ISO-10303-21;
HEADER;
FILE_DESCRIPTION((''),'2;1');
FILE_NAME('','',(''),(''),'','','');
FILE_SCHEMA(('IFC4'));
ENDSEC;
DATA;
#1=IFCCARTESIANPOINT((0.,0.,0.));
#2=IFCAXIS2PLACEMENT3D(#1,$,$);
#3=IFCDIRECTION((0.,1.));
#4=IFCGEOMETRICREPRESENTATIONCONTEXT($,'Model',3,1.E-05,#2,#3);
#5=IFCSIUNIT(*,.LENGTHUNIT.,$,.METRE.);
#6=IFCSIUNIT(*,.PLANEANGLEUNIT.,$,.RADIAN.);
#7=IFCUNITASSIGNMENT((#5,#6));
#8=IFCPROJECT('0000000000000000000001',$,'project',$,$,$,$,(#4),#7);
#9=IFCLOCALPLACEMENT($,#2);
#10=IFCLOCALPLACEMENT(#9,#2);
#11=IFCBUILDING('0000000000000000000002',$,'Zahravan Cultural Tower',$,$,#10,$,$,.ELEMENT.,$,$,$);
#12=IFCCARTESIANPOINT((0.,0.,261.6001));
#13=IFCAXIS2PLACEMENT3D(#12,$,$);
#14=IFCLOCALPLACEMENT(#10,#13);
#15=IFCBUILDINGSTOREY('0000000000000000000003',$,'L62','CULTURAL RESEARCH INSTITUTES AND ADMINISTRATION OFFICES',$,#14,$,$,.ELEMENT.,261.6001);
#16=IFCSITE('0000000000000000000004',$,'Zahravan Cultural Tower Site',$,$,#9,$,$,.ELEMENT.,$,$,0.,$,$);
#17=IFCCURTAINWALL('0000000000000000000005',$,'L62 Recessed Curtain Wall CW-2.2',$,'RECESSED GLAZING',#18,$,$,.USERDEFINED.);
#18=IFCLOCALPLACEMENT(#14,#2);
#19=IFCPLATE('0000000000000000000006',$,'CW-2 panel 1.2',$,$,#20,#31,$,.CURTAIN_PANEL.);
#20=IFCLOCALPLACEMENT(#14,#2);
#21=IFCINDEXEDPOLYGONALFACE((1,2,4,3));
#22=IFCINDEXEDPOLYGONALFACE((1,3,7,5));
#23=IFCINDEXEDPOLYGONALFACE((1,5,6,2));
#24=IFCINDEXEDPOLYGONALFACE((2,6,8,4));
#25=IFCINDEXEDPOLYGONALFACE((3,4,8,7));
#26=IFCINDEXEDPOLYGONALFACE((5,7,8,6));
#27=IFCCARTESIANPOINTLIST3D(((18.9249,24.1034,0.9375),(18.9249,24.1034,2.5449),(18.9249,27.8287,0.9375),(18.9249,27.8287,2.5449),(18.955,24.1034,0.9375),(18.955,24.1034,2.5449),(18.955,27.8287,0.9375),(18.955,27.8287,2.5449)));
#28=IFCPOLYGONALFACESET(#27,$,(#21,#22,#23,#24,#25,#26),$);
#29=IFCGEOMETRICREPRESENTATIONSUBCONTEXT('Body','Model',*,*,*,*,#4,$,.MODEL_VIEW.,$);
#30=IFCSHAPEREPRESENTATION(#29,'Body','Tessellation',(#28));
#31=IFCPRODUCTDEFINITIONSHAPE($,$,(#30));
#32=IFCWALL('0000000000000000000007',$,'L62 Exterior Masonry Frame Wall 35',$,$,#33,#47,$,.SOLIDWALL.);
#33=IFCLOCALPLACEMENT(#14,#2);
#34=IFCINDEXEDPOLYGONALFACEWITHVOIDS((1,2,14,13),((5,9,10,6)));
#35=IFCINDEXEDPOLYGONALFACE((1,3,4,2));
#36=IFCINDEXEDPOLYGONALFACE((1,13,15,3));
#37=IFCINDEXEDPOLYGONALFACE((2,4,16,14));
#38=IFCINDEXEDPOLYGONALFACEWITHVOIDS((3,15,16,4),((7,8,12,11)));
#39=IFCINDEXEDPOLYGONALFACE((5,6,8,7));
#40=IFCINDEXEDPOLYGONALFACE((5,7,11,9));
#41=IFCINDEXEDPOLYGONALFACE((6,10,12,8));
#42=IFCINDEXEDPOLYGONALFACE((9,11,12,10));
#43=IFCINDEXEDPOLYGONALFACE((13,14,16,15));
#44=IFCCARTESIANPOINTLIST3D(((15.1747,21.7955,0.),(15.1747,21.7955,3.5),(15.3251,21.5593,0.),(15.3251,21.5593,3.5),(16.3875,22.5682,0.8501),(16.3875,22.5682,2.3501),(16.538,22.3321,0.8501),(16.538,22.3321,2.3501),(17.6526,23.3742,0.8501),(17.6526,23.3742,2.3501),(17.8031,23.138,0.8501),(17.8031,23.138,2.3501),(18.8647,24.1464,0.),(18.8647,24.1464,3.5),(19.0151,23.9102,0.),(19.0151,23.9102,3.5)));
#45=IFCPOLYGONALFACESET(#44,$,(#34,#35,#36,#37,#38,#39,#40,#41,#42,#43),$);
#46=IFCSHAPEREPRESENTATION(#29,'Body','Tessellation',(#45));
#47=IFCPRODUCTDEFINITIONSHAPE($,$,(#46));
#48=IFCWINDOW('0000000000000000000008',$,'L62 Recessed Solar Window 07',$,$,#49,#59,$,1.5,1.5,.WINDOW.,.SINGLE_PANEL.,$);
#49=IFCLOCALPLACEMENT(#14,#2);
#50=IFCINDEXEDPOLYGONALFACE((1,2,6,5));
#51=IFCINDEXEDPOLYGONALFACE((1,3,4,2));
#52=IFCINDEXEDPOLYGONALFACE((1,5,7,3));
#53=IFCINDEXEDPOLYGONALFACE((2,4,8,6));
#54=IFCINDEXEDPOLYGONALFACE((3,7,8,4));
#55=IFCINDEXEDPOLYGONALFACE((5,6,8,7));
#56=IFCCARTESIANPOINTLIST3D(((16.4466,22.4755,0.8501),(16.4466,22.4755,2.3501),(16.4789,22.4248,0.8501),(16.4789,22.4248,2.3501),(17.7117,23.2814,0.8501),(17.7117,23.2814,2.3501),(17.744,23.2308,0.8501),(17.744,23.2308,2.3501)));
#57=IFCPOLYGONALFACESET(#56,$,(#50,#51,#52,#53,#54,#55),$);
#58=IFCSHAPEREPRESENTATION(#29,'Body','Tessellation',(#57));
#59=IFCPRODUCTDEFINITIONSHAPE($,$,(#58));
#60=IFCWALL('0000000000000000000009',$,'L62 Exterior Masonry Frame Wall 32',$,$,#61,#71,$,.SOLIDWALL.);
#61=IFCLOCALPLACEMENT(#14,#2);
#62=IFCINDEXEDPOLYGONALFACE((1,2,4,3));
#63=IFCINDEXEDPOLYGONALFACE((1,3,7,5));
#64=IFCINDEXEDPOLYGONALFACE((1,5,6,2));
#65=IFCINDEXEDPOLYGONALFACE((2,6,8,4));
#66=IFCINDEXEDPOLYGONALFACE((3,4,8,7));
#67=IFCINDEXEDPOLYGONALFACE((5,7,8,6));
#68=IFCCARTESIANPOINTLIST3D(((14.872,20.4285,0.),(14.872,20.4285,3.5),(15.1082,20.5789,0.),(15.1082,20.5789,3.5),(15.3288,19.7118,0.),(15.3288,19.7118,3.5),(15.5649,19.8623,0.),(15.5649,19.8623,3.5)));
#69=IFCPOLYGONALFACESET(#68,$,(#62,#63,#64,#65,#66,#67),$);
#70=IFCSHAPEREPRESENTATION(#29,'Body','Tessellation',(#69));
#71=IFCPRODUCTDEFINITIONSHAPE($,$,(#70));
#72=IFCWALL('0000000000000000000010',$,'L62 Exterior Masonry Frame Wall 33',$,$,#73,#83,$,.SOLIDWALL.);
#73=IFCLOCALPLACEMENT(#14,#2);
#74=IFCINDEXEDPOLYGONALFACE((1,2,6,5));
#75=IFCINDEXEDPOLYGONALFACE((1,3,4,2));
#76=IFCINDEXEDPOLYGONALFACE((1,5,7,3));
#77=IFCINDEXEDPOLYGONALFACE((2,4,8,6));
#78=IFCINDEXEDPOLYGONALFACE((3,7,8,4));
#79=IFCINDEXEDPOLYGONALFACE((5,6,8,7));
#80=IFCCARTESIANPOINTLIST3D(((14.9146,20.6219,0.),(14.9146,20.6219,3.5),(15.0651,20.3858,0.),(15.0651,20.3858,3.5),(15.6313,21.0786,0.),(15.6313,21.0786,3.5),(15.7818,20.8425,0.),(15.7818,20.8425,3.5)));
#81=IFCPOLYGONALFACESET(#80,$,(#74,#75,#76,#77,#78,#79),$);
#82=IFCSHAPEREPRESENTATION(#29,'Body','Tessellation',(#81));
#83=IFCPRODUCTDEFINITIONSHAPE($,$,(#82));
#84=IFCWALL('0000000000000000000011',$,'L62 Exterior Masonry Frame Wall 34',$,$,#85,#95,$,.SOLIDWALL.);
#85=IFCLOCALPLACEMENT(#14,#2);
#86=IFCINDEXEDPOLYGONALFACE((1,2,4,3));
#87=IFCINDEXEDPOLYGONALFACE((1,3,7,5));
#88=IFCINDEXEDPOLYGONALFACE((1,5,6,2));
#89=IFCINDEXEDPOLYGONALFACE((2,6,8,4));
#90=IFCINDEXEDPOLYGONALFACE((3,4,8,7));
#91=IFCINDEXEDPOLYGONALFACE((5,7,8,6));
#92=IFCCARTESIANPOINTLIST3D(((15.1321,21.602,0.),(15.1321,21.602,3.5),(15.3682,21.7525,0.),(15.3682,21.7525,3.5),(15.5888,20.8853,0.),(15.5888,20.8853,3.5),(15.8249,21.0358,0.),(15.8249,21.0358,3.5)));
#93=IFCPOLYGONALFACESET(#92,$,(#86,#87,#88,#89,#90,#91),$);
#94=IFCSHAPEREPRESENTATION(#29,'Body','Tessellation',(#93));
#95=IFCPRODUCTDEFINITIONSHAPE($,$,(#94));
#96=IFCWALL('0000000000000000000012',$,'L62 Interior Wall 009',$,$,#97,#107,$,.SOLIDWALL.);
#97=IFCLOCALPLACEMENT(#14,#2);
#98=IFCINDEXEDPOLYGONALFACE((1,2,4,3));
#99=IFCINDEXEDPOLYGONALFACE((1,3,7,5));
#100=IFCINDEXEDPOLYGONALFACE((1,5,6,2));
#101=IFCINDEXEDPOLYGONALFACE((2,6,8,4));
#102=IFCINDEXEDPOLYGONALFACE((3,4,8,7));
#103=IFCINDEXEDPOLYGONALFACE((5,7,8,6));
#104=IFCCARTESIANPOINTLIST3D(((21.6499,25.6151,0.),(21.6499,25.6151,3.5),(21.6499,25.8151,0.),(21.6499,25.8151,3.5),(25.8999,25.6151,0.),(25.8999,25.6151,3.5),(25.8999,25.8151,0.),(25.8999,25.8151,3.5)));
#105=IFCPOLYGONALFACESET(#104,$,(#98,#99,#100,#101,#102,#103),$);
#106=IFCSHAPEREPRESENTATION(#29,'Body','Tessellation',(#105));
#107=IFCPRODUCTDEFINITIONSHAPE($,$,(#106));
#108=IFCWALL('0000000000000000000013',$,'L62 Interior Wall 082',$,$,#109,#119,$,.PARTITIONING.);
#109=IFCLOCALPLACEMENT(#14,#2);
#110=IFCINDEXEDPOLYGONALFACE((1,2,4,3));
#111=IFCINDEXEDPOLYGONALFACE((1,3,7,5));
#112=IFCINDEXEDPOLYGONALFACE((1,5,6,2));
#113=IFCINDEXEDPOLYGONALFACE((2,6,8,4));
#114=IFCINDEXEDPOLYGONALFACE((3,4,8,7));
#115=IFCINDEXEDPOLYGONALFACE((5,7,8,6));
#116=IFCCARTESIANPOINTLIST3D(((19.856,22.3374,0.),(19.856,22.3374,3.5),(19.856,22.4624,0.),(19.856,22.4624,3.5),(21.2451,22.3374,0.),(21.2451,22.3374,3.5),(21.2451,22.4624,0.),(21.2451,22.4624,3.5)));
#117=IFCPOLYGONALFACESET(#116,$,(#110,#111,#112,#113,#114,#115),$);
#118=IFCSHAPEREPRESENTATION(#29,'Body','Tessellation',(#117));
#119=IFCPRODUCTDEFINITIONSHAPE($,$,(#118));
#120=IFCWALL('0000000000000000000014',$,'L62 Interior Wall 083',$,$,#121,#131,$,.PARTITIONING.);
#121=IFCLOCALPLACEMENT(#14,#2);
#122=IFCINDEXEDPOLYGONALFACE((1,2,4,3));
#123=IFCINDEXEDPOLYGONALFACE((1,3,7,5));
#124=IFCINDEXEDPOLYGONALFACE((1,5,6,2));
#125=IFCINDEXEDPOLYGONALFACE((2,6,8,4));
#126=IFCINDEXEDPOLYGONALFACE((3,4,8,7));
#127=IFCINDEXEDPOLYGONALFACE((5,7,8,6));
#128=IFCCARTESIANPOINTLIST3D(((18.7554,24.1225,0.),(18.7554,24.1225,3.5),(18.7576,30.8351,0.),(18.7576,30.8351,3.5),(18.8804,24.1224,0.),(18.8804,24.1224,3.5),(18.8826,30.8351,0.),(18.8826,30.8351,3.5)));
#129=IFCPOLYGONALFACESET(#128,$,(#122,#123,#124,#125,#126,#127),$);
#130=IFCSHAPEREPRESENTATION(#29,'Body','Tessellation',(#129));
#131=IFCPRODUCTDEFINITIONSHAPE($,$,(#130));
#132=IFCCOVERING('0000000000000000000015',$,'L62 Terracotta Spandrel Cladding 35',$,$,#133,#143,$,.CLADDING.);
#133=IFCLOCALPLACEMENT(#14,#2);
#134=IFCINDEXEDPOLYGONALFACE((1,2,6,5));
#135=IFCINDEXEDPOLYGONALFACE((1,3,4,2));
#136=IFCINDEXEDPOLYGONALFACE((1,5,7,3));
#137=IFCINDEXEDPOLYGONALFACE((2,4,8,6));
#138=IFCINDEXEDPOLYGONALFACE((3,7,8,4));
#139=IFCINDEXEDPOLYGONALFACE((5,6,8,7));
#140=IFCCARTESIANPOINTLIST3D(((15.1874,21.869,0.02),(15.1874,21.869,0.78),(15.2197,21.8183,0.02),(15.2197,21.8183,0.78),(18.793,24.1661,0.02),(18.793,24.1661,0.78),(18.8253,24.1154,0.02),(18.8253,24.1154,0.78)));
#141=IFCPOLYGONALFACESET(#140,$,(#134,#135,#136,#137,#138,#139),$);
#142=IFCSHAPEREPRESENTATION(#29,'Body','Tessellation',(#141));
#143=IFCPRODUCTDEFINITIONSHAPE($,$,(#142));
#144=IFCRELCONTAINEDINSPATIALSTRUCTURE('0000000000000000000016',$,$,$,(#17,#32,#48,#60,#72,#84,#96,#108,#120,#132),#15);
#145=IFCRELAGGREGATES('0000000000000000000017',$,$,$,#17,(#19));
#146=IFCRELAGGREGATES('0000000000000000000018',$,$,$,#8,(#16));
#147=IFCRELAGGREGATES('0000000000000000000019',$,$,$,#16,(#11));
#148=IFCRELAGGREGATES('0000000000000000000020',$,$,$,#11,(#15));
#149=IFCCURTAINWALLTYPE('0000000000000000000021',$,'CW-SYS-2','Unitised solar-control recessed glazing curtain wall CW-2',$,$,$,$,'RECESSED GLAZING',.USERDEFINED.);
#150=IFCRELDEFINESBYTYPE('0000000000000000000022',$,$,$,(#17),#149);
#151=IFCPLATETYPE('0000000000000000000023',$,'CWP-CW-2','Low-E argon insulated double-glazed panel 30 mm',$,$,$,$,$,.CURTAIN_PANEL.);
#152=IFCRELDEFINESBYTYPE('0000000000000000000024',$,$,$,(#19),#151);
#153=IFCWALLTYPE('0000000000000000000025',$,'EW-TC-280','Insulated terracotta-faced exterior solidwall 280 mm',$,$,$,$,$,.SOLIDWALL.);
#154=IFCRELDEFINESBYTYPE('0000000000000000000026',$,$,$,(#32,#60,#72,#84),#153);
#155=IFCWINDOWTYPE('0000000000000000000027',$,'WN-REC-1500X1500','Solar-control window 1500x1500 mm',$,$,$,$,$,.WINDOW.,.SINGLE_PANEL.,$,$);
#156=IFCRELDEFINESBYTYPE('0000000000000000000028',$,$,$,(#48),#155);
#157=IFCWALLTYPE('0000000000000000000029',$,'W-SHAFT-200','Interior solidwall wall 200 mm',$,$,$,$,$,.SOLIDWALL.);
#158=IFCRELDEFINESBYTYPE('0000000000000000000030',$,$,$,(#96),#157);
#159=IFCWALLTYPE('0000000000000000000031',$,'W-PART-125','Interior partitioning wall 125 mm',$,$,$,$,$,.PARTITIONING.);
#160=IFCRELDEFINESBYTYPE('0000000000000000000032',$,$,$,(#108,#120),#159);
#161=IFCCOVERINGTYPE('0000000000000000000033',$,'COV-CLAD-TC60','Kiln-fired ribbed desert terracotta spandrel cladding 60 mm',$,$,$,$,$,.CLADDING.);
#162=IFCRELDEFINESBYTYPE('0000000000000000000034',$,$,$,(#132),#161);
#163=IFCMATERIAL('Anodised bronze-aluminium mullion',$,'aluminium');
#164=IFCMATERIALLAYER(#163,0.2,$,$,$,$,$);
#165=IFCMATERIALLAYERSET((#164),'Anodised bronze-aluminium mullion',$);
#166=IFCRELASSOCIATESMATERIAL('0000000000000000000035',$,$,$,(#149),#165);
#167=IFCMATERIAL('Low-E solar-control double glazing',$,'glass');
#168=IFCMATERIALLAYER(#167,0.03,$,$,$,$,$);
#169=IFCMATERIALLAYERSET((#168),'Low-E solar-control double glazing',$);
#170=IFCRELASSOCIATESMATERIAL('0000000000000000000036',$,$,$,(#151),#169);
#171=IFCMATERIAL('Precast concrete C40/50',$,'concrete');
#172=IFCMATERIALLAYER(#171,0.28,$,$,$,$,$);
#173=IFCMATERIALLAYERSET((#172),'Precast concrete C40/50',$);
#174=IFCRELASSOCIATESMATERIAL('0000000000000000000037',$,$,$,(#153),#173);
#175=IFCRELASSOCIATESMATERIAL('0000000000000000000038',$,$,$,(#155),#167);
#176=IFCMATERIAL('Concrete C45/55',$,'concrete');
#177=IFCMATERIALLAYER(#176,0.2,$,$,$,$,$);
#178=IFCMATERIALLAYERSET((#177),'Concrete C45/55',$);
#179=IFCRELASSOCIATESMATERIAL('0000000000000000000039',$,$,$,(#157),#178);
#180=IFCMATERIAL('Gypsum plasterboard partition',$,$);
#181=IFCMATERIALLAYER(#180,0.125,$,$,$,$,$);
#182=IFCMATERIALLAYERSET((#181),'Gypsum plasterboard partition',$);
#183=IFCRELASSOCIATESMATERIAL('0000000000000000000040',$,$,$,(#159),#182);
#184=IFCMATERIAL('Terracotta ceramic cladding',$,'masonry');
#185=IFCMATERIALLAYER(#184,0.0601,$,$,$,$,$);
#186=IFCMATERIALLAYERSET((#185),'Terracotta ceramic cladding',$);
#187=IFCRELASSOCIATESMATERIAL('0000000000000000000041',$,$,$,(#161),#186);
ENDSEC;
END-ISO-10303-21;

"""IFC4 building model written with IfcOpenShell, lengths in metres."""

from ifc_helpers import new_model, si_unit, direction, frame, frame_2d, origin, origin_2d, place, context, subcontext, project, spatial, rectangle, extrude, source, transform, mapped, material, layer, layer_set, type_object, element, fill, aggregate, save


model = new_model("IFC4")

# Units and contexts
model_context = context("Model", 3, precision=1e-05, world=origin(), true_north=direction((0.0, 1.0)))
body_context = subcontext(model_context, "Body", "Model", "MODEL_VIEW")
ifc_project = project(units=[si_unit("LENGTHUNIT", "METRE"), si_unit("PLANEANGLEUNIT", "RADIAN")], contexts=[model_context])

# Site, building, storey
site_placement = place(None, origin())
site = spatial("IfcSite", under=ifc_project, at=site_placement, Name="Zahravan Cultural Tower Site", CompositionType="ELEMENT", RefElevation=0.0)
building_placement = place(site_placement, origin())
building = spatial("IfcBuilding", under=site, at=building_placement, Name="Zahravan Cultural Tower", CompositionType="ELEMENT")
storey_placement = place(building_placement, frame((0.0, 0.0, 261.6001)))
storey = spatial("IfcBuildingStorey", under=building, at=storey_placement, Name="L62", Description="CULTURAL RESEARCH INSTITUTES AND ADMINISTRATION OFFICES", CompositionType="ELEMENT", Elevation=261.6001)

# Curtain wall, plate
ifc_material_1 = material(Name="Anodised bronze-aluminium mullion", Category="aluminium")
ifc_layer_1 = layer(ifc_material_1, 0.2)
ifc_layer_set_1 = layer_set([ifc_layer_1], Name="Anodised bronze-aluminium mullion")
curtain_wall_type = type_object("IfcCurtainWallType", Name="CW-SYS-2", Description="Unitised solar-control recessed glazing curtain wall CW-2", ElementType="RECESSED GLAZING", PredefinedType="USERDEFINED", material=ifc_layer_set_1)
curtain_wall_placement = place(storey_placement, origin())
curtain_wall = element("IfcCurtainWall", 1, at=curtain_wall_placement, inside=storey, type_object=curtain_wall_type, Name="L62 Recessed Curtain Wall CW-2.2", ObjectType="RECESSED GLAZING", PredefinedType="USERDEFINED")
ifc_material_2 = material(Name="Low-E solar-control double glazing", Category="glass")
ifc_layer_2 = layer(ifc_material_2, 0.03)
ifc_layer_set_2 = layer_set([ifc_layer_2], Name="Low-E solar-control double glazing")
plate_type = type_object("IfcPlateType", Name="CWP-CW-2", Description="Low-E argon insulated double-glazed panel 30 mm", PredefinedType="CURTAIN_PANEL", material=ifc_layer_set_2)
shared_shape_1 = source(origin(), body_context, "Body", "SweptSolid", [
    extrude(rectangle(XDim=3.7253, YDim=0.03, at=origin_2d()), origin(), (0.0, 0.0, 1.0), 1.6074),
])
plate_1_placement = place(storey_placement, frame((18.9399, 25.9661, 0.9375), z_axis=(0.0, 0.0, 1.0), x_axis=(0.0, 1.0, 0.0)))
plate_1 = element("IfcPlate", 2, at=plate_1_placement, type_object=plate_type, Name="CW-2 panel 1.2", PredefinedType="CURTAIN_PANEL", context=body_context, shape_type="MappedRepresentation", body=[
    mapped(shared_shape_1, transform((0.0, 0.0, 0.0), x_axis=(1.0, 0.0, 0.0), y_axis=(0.0, 1.0, 0.0), z_axis=(0.0, 0.0, 1.0), scale=1.0)),
])
aggregate(curtain_wall, [plate_1])

# Wall, opening, window
ifc_material_3 = material(Name="Precast concrete C40/50", Category="concrete")
ifc_layer_3 = layer(ifc_material_3, 0.28)
ifc_layer_set_3 = layer_set([ifc_layer_3], Name="Precast concrete C40/50")
wall_type_1 = type_object("IfcWallType", Name="EW-TC-280", Description="Insulated terracotta-faced exterior solidwall 280 mm", PredefinedType="SOLIDWALL", material=ifc_layer_set_3)
wall_1_placement = place(storey_placement, frame((15.25, 21.6775, 0.0), z_axis=(0.0, 0.0, 1.0), x_axis=(0.843383, 0.537312, 0.0)))
wall_1 = element("IfcWall", 3, at=wall_1_placement, inside=storey, type_object=wall_type_1, Name="L62 Exterior Masonry Frame Wall 35", PredefinedType="SOLIDWALL", context=body_context, shape_type="SweptSolid", body=[
    extrude(rectangle(XDim=4.3752, YDim=0.28, at=frame_2d((2.1875, 0.0))), origin(), (0.0, 0.0, 1.0), 3.5),
])
opening_placement = place(wall_1_placement, frame((1.438, 0.0, 0.8501)))
opening = element("IfcOpeningElement", 4, at=opening_placement, cuts=wall_1, PredefinedType="OPENING", context=body_context, shape_type="SweptSolid", body=[
    extrude(rectangle(XDim=1.5, YDim=1.5, at=frame_2d((0.75, 0.75))), frame((0.0, 0.1499, 0.0), z_axis=(0.0, -1.0, 0.0), x_axis=(1.0, 0.0, 0.0)), (0.0, 0.0, 1.0), 0.3),
])
window_type = type_object("IfcWindowType", Name="WN-REC-1500X1500", Description="Solar-control window 1500x1500 mm", PartitioningType="SINGLE_PANEL", PredefinedType="WINDOW", material=ifc_material_2)
shared_shape_2 = source(origin(), body_context, "Body", "SweptSolid", [
    extrude(rectangle(XDim=1.5, YDim=1.5, at=frame_2d((0.75, 0.75))), frame((0.0, 0.03, 0.0), z_axis=(0.0, -1.0, 0.0), x_axis=(1.0, 0.0, 0.0)), (0.0, 0.0, 1.0), 0.0601),
])
window_placement = place(opening_placement, origin())
window = element("IfcWindow", 5, at=window_placement, inside=storey, type_object=window_type, Name="L62 Recessed Solar Window 07", OverallHeight=1.5, OverallWidth=1.5, PartitioningType="SINGLE_PANEL", PredefinedType="WINDOW", context=body_context, shape_type="MappedRepresentation", body=[
    mapped(shared_shape_2, transform((0.0, 0.0, 0.0), x_axis=(1.0, 0.0, 0.0), y_axis=(0.0, 1.0, 0.0), z_axis=(0.0, 0.0, 1.0), scale=1.0)),
])
fill(opening, window)

# Walls
shared_shape_3 = source(origin(), body_context, "Body", "SweptSolid", [
    extrude(rectangle(XDim=0.8499, YDim=0.28, at=frame_2d((0.4248, 0.0))), origin(), (0.0, 0.0, 1.0), 3.5),
])
for number, where, z_axis, x_axis, name in (
    (6, (15.4468, 19.7871, 0.0), (0.0, 0.0, 1.0), (-0.537414, 0.843318, 0.0), "L62 Exterior Masonry Frame Wall 32"),
    (7, (14.99, 20.5039, 0.0), (0.0, 0.0, 1.0), (0.843318, 0.537414, 0.0), "L62 Exterior Masonry Frame Wall 33"),
    (8, (15.7068, 20.9607, 0.0), (0.0, 0.0, 1.0), (-0.537414, 0.843318, 0.0), "L62 Exterior Masonry Frame Wall 34"),
):
    element("IfcWall", number, at=place(storey_placement, frame(where, z_axis=z_axis, x_axis=x_axis)), inside=storey, type_object=wall_type_1, Name=name, PredefinedType="SOLIDWALL", context=body_context, shape_type="MappedRepresentation", body=[
        mapped(shared_shape_3, transform((0.0, 0.0, 0.0), x_axis=(1.0, 0.0, 0.0), y_axis=(0.0, 1.0, 0.0), z_axis=(0.0, 0.0, 1.0), scale=1.0)),
    ])
ifc_material_4 = material(Name="Concrete C45/55", Category="concrete")
ifc_layer_4 = layer(ifc_material_4, 0.2)
ifc_layer_set_4 = layer_set([ifc_layer_4], Name="Concrete C45/55")
wall_type_2 = type_object("IfcWallType", Name="W-SHAFT-200", Description="Interior solidwall wall 200 mm", PredefinedType="SOLIDWALL", material=ifc_layer_set_4)
shared_shape_4 = source(origin(), body_context, "Body", "SweptSolid", [
    extrude(rectangle(XDim=4.25, YDim=0.2, at=frame_2d((2.125, 0.0))), origin(), (0.0, 0.0, 1.0), 3.5),
])
wall_2_placement = place(storey_placement, frame((21.6499, 25.7151, 0.0), z_axis=(0.0, 0.0, 1.0), x_axis=(1.0, 0.0, 0.0)))
element("IfcWall", 9, at=wall_2_placement, inside=storey, type_object=wall_type_2, Name="L62 Interior Wall 009", PredefinedType="SOLIDWALL", context=body_context, shape_type="MappedRepresentation", body=[
    mapped(shared_shape_4, transform((0.0, 0.0, 0.0), x_axis=(1.0, 0.0, 0.0), y_axis=(0.0, 1.0, 0.0), z_axis=(0.0, 0.0, 1.0), scale=1.0)),
])
ifc_material_5 = material(Name="Gypsum plasterboard partition")
ifc_layer_5 = layer(ifc_material_5, 0.125)
ifc_layer_set_5 = layer_set([ifc_layer_5], Name="Gypsum plasterboard partition")
wall_type_3 = type_object("IfcWallType", Name="W-PART-125", Description="Interior partitioning wall 125 mm", PredefinedType="PARTITIONING", material=ifc_layer_set_5)
shared_shape_5 = source(origin(), body_context, "Body", "SweptSolid", [
    extrude(rectangle(XDim=1.3892, YDim=0.125, at=frame_2d((0.6946, 0.0))), origin(), (0.0, 0.0, 1.0), 3.5),
])
wall_3_placement = place(storey_placement, frame((19.856, 22.3999, 0.0), z_axis=(0.0, 0.0, 1.0), x_axis=(1.0, 0.0, 0.0)))
element("IfcWall", 10, at=wall_3_placement, inside=storey, type_object=wall_type_3, Name="L62 Interior Wall 082", PredefinedType="PARTITIONING", context=body_context, shape_type="MappedRepresentation", body=[
    mapped(shared_shape_5, transform((0.0, 0.0, 0.0), x_axis=(1.0, 0.0, 0.0), y_axis=(0.0, 1.0, 0.0), z_axis=(0.0, 0.0, 1.0), scale=1.0)),
])
shared_shape_6 = source(origin(), body_context, "Body", "SweptSolid", [
    extrude(rectangle(XDim=6.7126, YDim=0.125, at=frame_2d((3.3564, 0.0))), origin(), (0.0, 0.0, 1.0), 3.5),
])
wall_4_placement = place(storey_placement, frame((18.8179, 24.1223, 0.0), z_axis=(0.0, 0.0, 1.0), x_axis=(0.000327, 1.0, 0.0)))
element("IfcWall", 11, at=wall_4_placement, inside=storey, type_object=wall_type_3, Name="L62 Interior Wall 083", PredefinedType="PARTITIONING", context=body_context, shape_type="MappedRepresentation", body=[
    mapped(shared_shape_6, transform((0.0, 0.0, 0.0), x_axis=(1.0, 0.0, 0.0), y_axis=(0.0, 1.0, 0.0), z_axis=(0.0, 0.0, 1.0), scale=1.0)),
])

# Covering
ifc_material_6 = material(Name="Terracotta ceramic cladding", Category="masonry")
ifc_layer_6 = layer(ifc_material_6, 0.0601)
ifc_layer_set_6 = layer_set([ifc_layer_6], Name="Terracotta ceramic cladding")
covering_type = type_object("IfcCoveringType", Name="COV-CLAD-TC60", Description="Kiln-fired ribbed desert terracotta spandrel cladding 60 mm", PredefinedType="CLADDING", material=ifc_layer_set_6)
shared_shape_7 = source(origin(), body_context, "Body", "SweptSolid", [
    extrude(rectangle(XDim=4.2751, YDim=0.0601, at=origin_2d()), origin(), (0.0, 0.0, 1.0), 0.76),
])
covering_placement = place(storey_placement, frame((17.0063, 22.9922, 0.02), z_axis=(0.0, 0.0, 1.0), x_axis=(0.843382, 0.537314, 0.0)))
element("IfcCovering", 12, at=covering_placement, inside=storey, type_object=covering_type, Name="L62 Terracotta Spandrel Cladding 35", PredefinedType="CLADDING", context=body_context, shape_type="MappedRepresentation", body=[
    mapped(shared_shape_7, transform((0.0, 0.0, 0.0), x_axis=(1.0, 0.0, 0.0), y_axis=(0.0, 1.0, 0.0), z_axis=(0.0, 0.0, 1.0), scale=1.0)),
])

save(model, "model.ifc")
